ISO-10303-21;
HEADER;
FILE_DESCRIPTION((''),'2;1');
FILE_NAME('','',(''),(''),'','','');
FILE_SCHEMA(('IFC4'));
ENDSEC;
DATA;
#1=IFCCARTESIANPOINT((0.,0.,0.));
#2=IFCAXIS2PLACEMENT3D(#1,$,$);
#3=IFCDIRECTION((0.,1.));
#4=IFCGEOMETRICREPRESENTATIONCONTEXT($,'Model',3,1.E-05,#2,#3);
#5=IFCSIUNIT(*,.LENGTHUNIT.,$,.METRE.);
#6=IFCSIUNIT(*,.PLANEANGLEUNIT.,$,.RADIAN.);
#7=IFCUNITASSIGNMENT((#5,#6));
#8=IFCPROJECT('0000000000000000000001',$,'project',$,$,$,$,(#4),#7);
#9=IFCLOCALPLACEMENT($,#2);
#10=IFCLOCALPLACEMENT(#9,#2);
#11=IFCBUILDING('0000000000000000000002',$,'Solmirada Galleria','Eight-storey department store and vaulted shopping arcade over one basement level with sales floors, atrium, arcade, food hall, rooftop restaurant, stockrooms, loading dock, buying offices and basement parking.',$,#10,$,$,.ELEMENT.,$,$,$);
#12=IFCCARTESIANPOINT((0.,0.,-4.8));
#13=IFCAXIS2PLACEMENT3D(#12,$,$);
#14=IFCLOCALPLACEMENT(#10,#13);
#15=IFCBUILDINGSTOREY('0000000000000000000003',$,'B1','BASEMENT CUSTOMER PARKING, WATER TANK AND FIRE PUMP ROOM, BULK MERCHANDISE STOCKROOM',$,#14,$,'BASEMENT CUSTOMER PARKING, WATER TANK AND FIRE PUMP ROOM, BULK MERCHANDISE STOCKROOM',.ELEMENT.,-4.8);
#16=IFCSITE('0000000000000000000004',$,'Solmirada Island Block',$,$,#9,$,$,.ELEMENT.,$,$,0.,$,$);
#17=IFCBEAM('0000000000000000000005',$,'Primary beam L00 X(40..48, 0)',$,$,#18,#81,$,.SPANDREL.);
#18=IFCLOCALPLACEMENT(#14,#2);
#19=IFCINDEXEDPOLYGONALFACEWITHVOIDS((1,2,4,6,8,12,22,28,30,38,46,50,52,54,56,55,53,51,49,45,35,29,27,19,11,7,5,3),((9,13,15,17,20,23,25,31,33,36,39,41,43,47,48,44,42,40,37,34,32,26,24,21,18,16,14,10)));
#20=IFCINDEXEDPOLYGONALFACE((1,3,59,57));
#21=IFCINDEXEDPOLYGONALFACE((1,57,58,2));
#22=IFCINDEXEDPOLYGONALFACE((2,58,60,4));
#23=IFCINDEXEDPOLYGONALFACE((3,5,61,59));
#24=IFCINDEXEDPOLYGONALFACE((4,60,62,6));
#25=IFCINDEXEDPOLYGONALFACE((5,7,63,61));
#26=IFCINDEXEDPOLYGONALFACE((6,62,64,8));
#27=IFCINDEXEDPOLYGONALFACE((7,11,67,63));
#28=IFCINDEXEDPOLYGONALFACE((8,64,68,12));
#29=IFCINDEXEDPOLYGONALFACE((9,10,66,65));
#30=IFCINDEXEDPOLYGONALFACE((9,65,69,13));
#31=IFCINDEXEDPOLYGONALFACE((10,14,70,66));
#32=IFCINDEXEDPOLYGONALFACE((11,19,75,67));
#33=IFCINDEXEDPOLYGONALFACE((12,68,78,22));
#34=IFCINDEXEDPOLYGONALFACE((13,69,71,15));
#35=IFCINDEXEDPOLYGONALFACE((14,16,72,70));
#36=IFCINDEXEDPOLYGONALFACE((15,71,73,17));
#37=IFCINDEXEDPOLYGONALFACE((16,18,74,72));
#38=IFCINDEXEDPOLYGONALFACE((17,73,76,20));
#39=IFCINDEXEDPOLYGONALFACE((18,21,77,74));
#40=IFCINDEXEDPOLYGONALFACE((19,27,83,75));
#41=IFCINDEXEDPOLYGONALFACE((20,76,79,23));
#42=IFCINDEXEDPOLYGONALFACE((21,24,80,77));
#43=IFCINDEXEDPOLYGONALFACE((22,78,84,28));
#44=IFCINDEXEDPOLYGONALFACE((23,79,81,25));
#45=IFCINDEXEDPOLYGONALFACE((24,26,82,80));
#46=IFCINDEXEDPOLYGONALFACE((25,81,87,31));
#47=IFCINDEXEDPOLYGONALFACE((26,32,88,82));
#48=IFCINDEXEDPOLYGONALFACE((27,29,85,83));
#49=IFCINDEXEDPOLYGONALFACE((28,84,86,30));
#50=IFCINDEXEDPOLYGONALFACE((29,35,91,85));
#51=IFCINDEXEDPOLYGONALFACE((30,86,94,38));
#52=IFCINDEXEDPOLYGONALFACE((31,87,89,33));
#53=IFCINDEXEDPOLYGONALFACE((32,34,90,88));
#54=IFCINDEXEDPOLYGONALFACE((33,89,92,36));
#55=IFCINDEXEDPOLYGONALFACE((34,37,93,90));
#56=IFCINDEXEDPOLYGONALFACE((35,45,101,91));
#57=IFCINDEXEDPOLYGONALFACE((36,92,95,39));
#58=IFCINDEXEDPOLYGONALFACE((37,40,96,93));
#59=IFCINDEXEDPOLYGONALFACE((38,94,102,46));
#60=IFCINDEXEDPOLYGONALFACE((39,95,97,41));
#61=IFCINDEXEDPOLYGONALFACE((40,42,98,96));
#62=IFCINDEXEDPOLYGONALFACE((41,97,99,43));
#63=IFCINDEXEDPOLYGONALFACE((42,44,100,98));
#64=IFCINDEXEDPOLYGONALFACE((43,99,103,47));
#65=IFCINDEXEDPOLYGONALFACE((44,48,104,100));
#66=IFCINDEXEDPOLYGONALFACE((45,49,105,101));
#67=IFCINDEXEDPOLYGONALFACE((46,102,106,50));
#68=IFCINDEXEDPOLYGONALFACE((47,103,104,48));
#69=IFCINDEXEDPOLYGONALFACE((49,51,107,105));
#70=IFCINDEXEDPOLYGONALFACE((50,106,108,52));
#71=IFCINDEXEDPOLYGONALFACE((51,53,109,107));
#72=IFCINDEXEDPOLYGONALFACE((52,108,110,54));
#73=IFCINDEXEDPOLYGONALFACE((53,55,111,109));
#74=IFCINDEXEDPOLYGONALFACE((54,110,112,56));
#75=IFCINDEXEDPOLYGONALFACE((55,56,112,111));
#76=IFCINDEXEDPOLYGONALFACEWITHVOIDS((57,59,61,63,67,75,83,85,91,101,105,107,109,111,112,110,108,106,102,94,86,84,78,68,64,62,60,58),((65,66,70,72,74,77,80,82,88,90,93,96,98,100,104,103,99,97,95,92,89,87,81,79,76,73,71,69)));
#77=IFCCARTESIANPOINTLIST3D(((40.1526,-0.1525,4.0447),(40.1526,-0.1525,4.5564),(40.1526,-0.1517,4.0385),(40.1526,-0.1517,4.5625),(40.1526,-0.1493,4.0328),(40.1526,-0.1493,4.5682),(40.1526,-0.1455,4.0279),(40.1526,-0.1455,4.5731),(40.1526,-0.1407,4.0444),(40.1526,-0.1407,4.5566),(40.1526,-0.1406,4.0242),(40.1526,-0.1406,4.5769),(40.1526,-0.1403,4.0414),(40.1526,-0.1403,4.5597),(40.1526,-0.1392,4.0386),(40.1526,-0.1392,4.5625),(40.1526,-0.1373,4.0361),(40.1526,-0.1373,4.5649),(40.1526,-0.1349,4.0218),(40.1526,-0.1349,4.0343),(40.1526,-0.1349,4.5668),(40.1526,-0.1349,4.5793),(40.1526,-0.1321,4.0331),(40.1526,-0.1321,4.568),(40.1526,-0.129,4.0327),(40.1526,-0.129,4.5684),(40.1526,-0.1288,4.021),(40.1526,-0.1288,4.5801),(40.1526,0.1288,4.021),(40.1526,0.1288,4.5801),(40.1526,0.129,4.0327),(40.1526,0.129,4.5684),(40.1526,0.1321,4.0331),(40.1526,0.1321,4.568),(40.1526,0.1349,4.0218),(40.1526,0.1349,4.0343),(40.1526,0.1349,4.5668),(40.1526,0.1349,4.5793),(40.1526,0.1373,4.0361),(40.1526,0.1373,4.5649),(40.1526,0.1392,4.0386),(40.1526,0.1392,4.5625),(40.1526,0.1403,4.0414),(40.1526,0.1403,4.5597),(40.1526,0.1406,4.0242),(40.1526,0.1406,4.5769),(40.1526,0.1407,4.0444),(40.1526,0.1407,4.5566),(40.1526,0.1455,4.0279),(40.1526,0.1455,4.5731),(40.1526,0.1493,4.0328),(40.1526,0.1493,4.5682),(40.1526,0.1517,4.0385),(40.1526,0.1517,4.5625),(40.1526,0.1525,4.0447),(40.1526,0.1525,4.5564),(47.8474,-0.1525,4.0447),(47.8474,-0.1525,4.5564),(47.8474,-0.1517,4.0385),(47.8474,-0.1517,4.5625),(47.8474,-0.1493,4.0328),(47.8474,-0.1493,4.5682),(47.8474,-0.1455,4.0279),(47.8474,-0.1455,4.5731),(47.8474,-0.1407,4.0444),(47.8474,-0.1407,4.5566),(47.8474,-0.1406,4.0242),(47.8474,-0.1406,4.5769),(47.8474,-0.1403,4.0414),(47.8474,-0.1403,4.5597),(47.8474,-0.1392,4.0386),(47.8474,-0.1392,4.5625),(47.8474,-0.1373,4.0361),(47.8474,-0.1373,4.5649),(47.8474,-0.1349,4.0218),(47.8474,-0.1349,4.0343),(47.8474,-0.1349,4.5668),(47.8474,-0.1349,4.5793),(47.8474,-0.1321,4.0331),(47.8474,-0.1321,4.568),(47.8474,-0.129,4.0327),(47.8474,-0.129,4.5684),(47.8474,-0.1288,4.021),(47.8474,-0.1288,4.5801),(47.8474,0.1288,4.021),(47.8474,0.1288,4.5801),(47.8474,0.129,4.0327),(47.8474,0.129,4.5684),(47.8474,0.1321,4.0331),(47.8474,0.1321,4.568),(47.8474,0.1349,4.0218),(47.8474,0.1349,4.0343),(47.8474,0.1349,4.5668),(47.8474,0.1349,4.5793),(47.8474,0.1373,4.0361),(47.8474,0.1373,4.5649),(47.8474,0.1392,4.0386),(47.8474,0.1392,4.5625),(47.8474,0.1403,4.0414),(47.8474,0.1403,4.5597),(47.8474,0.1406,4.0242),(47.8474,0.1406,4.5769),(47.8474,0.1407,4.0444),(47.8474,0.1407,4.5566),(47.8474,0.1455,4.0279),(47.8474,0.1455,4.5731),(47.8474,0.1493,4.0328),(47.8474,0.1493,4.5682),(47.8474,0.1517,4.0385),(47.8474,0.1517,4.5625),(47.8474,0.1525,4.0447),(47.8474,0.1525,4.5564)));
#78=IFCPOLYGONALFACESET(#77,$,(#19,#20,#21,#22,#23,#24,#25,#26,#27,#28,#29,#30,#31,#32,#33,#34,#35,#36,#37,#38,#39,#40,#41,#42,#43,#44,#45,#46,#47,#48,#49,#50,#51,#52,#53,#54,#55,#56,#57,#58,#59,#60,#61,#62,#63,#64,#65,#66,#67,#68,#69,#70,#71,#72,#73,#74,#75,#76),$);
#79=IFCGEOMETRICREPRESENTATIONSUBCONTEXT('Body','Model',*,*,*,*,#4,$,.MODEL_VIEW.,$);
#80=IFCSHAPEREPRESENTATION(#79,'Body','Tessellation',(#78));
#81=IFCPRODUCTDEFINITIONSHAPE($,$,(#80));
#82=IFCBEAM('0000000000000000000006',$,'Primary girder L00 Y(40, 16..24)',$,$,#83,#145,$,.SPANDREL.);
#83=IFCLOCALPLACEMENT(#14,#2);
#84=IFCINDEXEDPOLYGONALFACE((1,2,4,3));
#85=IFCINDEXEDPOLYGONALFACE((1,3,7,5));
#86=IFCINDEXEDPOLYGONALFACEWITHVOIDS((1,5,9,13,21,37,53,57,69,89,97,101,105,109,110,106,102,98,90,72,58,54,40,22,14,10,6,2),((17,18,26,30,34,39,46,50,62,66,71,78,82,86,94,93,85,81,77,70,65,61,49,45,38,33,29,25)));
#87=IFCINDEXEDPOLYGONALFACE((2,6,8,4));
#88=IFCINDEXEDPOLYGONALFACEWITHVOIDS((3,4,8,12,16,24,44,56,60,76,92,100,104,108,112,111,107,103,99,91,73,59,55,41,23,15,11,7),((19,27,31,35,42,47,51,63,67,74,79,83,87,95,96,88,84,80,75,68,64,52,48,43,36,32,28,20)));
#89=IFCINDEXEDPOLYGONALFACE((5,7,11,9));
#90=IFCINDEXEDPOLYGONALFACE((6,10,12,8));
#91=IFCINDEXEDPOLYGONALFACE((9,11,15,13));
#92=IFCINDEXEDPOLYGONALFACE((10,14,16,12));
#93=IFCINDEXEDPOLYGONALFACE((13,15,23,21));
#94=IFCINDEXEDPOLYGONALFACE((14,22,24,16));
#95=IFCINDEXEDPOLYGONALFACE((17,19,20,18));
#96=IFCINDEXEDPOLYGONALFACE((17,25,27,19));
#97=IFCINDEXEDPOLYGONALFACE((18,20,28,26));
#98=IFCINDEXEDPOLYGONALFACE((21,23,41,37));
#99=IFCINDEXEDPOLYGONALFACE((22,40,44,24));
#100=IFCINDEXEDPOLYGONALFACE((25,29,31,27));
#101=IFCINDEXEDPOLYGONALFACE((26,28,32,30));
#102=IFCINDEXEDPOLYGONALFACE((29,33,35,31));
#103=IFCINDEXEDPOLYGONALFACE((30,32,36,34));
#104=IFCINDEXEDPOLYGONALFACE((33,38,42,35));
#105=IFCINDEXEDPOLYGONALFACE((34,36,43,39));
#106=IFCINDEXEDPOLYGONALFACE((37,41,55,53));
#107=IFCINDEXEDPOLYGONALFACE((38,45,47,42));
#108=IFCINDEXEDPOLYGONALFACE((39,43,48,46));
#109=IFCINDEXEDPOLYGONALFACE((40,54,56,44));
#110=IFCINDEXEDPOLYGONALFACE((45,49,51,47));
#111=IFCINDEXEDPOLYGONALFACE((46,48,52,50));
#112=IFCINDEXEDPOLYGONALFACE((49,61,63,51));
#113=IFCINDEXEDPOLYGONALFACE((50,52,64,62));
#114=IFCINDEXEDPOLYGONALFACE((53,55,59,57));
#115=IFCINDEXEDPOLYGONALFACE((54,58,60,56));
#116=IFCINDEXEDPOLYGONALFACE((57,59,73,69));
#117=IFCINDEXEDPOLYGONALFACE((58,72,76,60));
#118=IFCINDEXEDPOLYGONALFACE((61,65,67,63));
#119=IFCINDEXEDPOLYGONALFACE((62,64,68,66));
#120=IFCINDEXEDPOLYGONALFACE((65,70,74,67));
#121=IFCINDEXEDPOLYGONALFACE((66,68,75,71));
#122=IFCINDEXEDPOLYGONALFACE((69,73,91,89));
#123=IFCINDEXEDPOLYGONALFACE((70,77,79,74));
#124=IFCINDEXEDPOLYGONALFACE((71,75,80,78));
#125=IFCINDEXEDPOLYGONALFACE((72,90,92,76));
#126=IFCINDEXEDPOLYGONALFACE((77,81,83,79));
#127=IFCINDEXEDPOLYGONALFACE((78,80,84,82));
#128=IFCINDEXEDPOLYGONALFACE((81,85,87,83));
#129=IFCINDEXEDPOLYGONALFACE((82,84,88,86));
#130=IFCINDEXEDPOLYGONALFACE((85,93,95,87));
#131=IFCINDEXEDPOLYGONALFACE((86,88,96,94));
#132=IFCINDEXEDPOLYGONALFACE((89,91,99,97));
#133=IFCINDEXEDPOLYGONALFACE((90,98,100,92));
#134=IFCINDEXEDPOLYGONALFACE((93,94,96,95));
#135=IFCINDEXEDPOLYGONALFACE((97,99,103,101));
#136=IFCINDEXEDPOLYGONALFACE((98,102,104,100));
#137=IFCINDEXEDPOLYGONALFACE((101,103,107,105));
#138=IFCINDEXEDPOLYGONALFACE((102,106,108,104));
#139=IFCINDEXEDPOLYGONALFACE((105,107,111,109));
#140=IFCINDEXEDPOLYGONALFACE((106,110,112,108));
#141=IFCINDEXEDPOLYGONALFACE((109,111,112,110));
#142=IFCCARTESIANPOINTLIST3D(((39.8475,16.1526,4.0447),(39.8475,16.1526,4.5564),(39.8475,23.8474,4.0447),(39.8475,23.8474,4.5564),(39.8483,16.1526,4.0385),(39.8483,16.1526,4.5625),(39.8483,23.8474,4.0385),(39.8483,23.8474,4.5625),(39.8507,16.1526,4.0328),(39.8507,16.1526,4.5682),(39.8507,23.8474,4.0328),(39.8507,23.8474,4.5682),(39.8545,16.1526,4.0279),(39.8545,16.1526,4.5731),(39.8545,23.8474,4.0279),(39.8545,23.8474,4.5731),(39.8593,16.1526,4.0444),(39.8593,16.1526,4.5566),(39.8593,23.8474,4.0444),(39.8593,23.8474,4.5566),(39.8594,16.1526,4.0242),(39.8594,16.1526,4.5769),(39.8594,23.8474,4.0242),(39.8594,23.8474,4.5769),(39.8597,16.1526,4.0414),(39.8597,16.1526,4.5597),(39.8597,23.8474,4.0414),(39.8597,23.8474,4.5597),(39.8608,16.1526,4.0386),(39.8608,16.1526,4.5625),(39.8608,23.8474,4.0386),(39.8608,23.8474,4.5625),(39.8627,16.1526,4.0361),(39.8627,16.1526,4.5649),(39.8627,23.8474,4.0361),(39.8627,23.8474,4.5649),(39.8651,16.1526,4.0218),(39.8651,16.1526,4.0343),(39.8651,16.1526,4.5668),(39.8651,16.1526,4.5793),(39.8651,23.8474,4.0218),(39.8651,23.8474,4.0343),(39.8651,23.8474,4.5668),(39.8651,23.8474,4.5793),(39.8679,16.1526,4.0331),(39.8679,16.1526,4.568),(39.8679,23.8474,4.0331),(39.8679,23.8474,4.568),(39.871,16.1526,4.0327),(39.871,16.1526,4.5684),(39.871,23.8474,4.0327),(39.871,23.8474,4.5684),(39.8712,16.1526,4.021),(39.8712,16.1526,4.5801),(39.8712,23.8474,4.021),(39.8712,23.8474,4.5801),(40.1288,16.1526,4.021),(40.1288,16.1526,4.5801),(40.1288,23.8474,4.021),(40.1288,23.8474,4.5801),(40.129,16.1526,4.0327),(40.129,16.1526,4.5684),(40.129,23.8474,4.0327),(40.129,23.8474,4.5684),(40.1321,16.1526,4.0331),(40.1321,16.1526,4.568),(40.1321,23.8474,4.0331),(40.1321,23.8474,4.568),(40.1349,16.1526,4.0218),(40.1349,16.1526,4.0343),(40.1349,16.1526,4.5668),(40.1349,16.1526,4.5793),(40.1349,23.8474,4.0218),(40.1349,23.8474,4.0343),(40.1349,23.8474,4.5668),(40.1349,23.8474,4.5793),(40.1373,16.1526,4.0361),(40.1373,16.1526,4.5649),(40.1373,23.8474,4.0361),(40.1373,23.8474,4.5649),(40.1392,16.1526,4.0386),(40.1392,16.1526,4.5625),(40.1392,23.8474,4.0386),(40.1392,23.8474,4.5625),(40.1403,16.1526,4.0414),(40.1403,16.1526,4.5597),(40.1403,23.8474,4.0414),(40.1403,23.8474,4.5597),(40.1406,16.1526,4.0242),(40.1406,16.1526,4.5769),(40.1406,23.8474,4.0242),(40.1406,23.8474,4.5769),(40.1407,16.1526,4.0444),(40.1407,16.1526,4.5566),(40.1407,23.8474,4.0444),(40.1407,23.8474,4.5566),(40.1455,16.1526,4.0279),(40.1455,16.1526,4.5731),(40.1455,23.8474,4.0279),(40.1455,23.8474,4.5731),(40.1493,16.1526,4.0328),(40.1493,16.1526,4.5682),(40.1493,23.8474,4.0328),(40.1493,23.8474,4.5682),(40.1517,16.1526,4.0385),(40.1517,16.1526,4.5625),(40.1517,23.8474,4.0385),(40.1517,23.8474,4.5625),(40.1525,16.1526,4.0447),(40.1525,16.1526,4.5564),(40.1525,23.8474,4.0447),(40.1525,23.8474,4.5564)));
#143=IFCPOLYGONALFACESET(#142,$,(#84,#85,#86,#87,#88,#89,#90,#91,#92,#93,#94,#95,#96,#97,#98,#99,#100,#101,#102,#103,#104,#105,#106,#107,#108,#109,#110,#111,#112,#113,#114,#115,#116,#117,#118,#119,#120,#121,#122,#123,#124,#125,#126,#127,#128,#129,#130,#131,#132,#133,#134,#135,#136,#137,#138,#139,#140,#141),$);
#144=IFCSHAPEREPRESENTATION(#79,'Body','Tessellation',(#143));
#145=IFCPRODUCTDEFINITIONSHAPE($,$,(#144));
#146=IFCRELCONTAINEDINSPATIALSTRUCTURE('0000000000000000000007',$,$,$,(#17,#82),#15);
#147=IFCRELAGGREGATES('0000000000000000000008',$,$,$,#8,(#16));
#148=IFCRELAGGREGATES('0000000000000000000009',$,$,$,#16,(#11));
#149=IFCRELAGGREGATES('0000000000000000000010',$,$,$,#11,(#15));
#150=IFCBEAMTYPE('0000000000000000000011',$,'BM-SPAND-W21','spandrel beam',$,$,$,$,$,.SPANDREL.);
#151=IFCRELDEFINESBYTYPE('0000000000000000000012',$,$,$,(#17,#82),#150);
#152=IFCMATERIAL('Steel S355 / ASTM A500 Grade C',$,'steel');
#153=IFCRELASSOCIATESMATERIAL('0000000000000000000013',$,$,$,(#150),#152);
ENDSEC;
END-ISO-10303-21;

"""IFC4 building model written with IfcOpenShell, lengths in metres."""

from ifc_helpers import new_model, si_unit, direction, frame, origin, origin_2d, place, context, subcontext, project, spatial, hollow_rectangle, extrude, material, material_profile, profile_set, type_object, element, save


model = new_model("IFC4")

# Units and contexts
model_context = context("Model", 3, precision=1e-05, world=origin(), true_north=direction((0.0, 1.0)))
body_context = subcontext(model_context, "Body", "Model", "MODEL_VIEW")
ifc_project = project(units=[si_unit("LENGTHUNIT", "METRE"), si_unit("PLANEANGLEUNIT", "RADIAN")], contexts=[model_context])

# Site, building, storey
site_placement = place(None, origin())
site = spatial("IfcSite", under=ifc_project, at=site_placement, Name="Solmirada Island Block", CompositionType="ELEMENT", RefElevation=0.0)
building_placement = place(site_placement, origin())
building = spatial("IfcBuilding", under=site, at=building_placement, Name="Solmirada Galleria", Description="Eight-storey department store and vaulted shopping arcade over one basement level with sales floors, atrium, arcade, food hall, rooftop restaurant, stockrooms, loading dock, buying offices and basement parking.", CompositionType="ELEMENT")
storey_placement = place(building_placement, frame((0.0, 0.0, -4.8)))
storey = spatial("IfcBuildingStorey", under=building, at=storey_placement, Name="B1", Description="BASEMENT CUSTOMER PARKING, WATER TANK AND FIRE PUMP ROOM, BULK MERCHANDISE STOCKROOM", LongName="BASEMENT CUSTOMER PARKING, WATER TANK AND FIRE PUMP ROOM, BULK MERCHANDISE STOCKROOM", CompositionType="ELEMENT", Elevation=-4.8)

# Shared definitions
ifc_material_1 = material(Name="Steel S355 / ASTM A500 Grade C", Category="steel")

# Beams
ifc_material_profile_1 = material_profile(ifc_material_1, hollow_rectangle(XDim=0.3049, YDim=0.5591, WallThickness=0.0117, InnerFilletRadius=0.0117, OuterFilletRadius=0.0237, at=origin_2d()), Name="HSS22X12X1/2")
ifc_profile_set_1 = profile_set([ifc_material_profile_1], Name="Steel S355 / ASTM A500 Grade C")
beam_type_1 = type_object("IfcBeamType", Name="BM-SPAND-W21", Description="spandrel beam", PredefinedType="SPANDREL", material=ifc_profile_set_1)
for number, where, z_axis, x_axis, name in (
    (1, (40.1526, 0.0, 4.3005), (1.0, 0.0, 0.0), (0.0, 1.0, 0.0), "Primary beam L00 X(40..48, 0)"),
    (2, (40.0, 16.1526, 4.3005), (0.0, 1.0, 0.0), (-1.0, 0.0, 0.0), "Primary girder L00 Y(40, 16..24)"),
):
    element("IfcBeam", number, at=place(storey_placement, frame(where, z_axis=z_axis, x_axis=x_axis)), inside=storey, type_object=beam_type_1, Name=name, PredefinedType="SPANDREL", context=body_context, shape_type="SweptSolid", body=[
        extrude(hollow_rectangle(XDim=0.3049, YDim=0.5591, WallThickness=0.0117, InnerFilletRadius=0.0117, OuterFilletRadius=0.0237, at=origin_2d()), origin(), (0.0, 0.0, 1.0), 7.6948),
    ])

save(model, "model.ifc")
